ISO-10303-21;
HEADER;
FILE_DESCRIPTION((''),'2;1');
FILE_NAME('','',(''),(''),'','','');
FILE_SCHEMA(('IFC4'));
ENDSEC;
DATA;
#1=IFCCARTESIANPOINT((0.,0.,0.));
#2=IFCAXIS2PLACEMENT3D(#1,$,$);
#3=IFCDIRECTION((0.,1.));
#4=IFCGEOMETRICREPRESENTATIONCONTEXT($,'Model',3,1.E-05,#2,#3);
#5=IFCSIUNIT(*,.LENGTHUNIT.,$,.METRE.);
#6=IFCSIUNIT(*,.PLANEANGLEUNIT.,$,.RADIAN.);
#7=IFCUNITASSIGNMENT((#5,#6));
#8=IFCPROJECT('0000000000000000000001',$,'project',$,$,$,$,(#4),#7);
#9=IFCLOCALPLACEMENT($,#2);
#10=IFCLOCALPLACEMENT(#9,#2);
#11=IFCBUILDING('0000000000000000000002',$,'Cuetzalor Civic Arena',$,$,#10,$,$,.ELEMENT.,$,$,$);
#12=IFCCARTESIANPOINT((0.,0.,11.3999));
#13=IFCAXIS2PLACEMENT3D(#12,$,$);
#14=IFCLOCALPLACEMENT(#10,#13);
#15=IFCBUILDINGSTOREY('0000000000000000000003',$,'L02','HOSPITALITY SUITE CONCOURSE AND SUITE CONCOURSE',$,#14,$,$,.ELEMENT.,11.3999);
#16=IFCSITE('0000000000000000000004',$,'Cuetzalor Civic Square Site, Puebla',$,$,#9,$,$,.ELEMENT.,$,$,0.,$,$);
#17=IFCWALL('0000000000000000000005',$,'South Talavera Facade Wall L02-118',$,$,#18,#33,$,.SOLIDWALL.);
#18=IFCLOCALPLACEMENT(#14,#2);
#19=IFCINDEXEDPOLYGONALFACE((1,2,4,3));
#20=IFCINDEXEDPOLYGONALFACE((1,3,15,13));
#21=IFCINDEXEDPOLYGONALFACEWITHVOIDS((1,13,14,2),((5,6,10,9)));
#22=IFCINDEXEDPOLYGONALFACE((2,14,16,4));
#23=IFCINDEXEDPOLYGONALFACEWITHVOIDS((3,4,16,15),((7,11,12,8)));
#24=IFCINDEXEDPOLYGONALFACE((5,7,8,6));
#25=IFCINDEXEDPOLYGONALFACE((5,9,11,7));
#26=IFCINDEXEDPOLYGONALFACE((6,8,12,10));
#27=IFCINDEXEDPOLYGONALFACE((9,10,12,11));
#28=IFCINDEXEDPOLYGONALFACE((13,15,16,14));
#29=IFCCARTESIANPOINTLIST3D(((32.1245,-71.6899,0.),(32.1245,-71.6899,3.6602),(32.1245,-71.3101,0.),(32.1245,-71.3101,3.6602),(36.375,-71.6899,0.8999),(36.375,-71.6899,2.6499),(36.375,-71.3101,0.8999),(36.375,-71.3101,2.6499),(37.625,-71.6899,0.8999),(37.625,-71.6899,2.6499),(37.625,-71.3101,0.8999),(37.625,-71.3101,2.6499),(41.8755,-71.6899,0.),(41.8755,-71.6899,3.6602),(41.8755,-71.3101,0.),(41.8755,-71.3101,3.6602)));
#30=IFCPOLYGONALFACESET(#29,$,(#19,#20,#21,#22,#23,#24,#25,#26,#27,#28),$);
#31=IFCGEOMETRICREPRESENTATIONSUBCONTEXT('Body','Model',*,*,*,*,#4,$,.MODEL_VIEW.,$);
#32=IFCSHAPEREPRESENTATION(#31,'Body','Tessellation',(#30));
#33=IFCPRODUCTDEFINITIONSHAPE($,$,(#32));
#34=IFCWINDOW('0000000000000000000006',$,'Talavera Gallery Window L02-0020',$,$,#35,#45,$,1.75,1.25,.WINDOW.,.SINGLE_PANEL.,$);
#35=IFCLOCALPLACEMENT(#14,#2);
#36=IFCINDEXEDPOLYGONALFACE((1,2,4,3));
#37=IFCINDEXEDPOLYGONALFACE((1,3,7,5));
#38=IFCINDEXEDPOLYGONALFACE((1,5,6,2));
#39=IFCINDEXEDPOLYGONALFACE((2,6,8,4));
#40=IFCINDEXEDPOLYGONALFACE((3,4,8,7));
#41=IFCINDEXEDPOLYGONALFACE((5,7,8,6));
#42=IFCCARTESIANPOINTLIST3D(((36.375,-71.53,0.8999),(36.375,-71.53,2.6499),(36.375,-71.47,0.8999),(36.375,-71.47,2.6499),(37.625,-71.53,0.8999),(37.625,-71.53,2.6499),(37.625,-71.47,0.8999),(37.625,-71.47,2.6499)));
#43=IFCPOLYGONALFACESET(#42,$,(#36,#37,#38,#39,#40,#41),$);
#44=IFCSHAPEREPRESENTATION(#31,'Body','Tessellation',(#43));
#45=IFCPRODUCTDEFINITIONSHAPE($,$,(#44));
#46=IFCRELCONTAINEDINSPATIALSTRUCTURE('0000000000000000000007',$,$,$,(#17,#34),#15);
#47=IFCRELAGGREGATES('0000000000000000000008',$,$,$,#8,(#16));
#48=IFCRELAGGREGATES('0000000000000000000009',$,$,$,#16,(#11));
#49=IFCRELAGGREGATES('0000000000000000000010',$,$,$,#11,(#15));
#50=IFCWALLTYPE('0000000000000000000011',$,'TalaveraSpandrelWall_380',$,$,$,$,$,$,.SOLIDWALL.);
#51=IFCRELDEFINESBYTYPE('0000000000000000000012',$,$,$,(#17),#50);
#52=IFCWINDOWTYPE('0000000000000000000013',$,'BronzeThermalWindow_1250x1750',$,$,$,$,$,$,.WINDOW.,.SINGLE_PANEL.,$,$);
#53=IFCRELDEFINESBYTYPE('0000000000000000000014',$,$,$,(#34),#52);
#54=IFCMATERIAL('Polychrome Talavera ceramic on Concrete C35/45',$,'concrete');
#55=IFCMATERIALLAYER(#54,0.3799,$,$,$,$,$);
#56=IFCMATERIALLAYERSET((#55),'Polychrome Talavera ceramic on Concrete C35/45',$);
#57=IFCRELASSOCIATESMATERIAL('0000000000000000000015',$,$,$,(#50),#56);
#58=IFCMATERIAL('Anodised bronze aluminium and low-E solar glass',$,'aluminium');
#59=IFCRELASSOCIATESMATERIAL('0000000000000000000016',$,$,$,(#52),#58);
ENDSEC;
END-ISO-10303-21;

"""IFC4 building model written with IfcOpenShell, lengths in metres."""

from ifc_helpers import new_model, si_unit, direction, frame, frame_2d, origin, place, context, subcontext, project, spatial, rectangle, extrude, material, layer, layer_set, type_object, element, fill, save


model = new_model("IFC4")

# Units and contexts
model_context = context("Model", 3, precision=1e-05, world=origin(), true_north=direction((0.0, 1.0)))
body_context = subcontext(model_context, "Body", "Model", "MODEL_VIEW")
ifc_project = project(units=[si_unit("LENGTHUNIT", "METRE"), si_unit("PLANEANGLEUNIT", "RADIAN")], contexts=[model_context])

# Site, building, storey
site_placement = place(None, origin())
site = spatial("IfcSite", under=ifc_project, at=site_placement, Name="Cuetzalor Civic Square Site, Puebla", CompositionType="ELEMENT", RefElevation=0.0)
building_placement = place(site_placement, origin())
building = spatial("IfcBuilding", under=site, at=building_placement, Name="Cuetzalor Civic Arena", CompositionType="ELEMENT")
storey_placement = place(building_placement, frame((0.0, 0.0, 11.3999)))
storey = spatial("IfcBuildingStorey", under=building, at=storey_placement, Name="L02", Description="HOSPITALITY SUITE CONCOURSE AND SUITE CONCOURSE", CompositionType="ELEMENT", Elevation=11.3999)

# Wall, opening, window
ifc_material_1 = material(Name="Polychrome Talavera ceramic on Concrete C35/45", Category="concrete")
ifc_layer = layer(ifc_material_1, 0.3799)
ifc_layer_set = layer_set([ifc_layer], Name="Polychrome Talavera ceramic on Concrete C35/45")
wall_type = type_object("IfcWallType", Name="TalaveraSpandrelWall_380", PredefinedType="SOLIDWALL", material=ifc_layer_set)
wall_1_placement = place(storey_placement, frame((41.8755, -71.5, 0.0), z_axis=(0.0, 0.0, 1.0), x_axis=(-1.0, 0.0, 0.0)))
wall_1 = element("IfcWall", 1, at=wall_1_placement, inside=storey, type_object=wall_type, Name="South Talavera Facade Wall L02-118", PredefinedType="SOLIDWALL", context=body_context, shape_type="SweptSolid", body=[
    extrude(rectangle(XDim=9.751, YDim=0.3799, at=frame_2d((4.8755, 0.0))), origin(), (0.0, 0.0, 1.0), 3.6602),
])
opening_1_placement = place(wall_1_placement, frame((4.2505, 0.0, 0.8999)))
opening_1 = element("IfcOpeningElement", 2, at=opening_1_placement, cuts=wall_1, PredefinedType="OPENING", context=body_context, shape_type="SweptSolid", body=[
    extrude(rectangle(XDim=1.25, YDim=1.75, at=frame_2d((0.625, 0.875))), frame((0.0, 0.2, 0.0), z_axis=(0.0, -1.0, 0.0), x_axis=(1.0, 0.0, 0.0)), (0.0, 0.0, 1.0), 0.3999),
])
ifc_material_2 = material(Name="Anodised bronze aluminium and low-E solar glass", Category="aluminium")
window_type_1 = type_object("IfcWindowType", Name="BronzeThermalWindow_1250x1750", PartitioningType="SINGLE_PANEL", PredefinedType="WINDOW", material=ifc_material_2)
window_1_placement = place(opening_1_placement, origin())
window_1 = element("IfcWindow", 3, at=window_1_placement, inside=storey, type_object=window_type_1, Name="Talavera Gallery Window L02-0020", OverallHeight=1.75, OverallWidth=1.25, PartitioningType="SINGLE_PANEL", PredefinedType="WINDOW", context=body_context, shape_type="SweptSolid", body=[
    extrude(rectangle(XDim=1.25, YDim=1.75, at=frame_2d((0.625, 0.875))), frame((0.0, 0.03, 0.0), z_axis=(0.0, -1.0, 0.0), x_axis=(1.0, 0.0, 0.0)), (0.0, 0.0, 1.0), 0.0601),
])
fill(opening_1, window_1)

save(model, "model.ifc")
